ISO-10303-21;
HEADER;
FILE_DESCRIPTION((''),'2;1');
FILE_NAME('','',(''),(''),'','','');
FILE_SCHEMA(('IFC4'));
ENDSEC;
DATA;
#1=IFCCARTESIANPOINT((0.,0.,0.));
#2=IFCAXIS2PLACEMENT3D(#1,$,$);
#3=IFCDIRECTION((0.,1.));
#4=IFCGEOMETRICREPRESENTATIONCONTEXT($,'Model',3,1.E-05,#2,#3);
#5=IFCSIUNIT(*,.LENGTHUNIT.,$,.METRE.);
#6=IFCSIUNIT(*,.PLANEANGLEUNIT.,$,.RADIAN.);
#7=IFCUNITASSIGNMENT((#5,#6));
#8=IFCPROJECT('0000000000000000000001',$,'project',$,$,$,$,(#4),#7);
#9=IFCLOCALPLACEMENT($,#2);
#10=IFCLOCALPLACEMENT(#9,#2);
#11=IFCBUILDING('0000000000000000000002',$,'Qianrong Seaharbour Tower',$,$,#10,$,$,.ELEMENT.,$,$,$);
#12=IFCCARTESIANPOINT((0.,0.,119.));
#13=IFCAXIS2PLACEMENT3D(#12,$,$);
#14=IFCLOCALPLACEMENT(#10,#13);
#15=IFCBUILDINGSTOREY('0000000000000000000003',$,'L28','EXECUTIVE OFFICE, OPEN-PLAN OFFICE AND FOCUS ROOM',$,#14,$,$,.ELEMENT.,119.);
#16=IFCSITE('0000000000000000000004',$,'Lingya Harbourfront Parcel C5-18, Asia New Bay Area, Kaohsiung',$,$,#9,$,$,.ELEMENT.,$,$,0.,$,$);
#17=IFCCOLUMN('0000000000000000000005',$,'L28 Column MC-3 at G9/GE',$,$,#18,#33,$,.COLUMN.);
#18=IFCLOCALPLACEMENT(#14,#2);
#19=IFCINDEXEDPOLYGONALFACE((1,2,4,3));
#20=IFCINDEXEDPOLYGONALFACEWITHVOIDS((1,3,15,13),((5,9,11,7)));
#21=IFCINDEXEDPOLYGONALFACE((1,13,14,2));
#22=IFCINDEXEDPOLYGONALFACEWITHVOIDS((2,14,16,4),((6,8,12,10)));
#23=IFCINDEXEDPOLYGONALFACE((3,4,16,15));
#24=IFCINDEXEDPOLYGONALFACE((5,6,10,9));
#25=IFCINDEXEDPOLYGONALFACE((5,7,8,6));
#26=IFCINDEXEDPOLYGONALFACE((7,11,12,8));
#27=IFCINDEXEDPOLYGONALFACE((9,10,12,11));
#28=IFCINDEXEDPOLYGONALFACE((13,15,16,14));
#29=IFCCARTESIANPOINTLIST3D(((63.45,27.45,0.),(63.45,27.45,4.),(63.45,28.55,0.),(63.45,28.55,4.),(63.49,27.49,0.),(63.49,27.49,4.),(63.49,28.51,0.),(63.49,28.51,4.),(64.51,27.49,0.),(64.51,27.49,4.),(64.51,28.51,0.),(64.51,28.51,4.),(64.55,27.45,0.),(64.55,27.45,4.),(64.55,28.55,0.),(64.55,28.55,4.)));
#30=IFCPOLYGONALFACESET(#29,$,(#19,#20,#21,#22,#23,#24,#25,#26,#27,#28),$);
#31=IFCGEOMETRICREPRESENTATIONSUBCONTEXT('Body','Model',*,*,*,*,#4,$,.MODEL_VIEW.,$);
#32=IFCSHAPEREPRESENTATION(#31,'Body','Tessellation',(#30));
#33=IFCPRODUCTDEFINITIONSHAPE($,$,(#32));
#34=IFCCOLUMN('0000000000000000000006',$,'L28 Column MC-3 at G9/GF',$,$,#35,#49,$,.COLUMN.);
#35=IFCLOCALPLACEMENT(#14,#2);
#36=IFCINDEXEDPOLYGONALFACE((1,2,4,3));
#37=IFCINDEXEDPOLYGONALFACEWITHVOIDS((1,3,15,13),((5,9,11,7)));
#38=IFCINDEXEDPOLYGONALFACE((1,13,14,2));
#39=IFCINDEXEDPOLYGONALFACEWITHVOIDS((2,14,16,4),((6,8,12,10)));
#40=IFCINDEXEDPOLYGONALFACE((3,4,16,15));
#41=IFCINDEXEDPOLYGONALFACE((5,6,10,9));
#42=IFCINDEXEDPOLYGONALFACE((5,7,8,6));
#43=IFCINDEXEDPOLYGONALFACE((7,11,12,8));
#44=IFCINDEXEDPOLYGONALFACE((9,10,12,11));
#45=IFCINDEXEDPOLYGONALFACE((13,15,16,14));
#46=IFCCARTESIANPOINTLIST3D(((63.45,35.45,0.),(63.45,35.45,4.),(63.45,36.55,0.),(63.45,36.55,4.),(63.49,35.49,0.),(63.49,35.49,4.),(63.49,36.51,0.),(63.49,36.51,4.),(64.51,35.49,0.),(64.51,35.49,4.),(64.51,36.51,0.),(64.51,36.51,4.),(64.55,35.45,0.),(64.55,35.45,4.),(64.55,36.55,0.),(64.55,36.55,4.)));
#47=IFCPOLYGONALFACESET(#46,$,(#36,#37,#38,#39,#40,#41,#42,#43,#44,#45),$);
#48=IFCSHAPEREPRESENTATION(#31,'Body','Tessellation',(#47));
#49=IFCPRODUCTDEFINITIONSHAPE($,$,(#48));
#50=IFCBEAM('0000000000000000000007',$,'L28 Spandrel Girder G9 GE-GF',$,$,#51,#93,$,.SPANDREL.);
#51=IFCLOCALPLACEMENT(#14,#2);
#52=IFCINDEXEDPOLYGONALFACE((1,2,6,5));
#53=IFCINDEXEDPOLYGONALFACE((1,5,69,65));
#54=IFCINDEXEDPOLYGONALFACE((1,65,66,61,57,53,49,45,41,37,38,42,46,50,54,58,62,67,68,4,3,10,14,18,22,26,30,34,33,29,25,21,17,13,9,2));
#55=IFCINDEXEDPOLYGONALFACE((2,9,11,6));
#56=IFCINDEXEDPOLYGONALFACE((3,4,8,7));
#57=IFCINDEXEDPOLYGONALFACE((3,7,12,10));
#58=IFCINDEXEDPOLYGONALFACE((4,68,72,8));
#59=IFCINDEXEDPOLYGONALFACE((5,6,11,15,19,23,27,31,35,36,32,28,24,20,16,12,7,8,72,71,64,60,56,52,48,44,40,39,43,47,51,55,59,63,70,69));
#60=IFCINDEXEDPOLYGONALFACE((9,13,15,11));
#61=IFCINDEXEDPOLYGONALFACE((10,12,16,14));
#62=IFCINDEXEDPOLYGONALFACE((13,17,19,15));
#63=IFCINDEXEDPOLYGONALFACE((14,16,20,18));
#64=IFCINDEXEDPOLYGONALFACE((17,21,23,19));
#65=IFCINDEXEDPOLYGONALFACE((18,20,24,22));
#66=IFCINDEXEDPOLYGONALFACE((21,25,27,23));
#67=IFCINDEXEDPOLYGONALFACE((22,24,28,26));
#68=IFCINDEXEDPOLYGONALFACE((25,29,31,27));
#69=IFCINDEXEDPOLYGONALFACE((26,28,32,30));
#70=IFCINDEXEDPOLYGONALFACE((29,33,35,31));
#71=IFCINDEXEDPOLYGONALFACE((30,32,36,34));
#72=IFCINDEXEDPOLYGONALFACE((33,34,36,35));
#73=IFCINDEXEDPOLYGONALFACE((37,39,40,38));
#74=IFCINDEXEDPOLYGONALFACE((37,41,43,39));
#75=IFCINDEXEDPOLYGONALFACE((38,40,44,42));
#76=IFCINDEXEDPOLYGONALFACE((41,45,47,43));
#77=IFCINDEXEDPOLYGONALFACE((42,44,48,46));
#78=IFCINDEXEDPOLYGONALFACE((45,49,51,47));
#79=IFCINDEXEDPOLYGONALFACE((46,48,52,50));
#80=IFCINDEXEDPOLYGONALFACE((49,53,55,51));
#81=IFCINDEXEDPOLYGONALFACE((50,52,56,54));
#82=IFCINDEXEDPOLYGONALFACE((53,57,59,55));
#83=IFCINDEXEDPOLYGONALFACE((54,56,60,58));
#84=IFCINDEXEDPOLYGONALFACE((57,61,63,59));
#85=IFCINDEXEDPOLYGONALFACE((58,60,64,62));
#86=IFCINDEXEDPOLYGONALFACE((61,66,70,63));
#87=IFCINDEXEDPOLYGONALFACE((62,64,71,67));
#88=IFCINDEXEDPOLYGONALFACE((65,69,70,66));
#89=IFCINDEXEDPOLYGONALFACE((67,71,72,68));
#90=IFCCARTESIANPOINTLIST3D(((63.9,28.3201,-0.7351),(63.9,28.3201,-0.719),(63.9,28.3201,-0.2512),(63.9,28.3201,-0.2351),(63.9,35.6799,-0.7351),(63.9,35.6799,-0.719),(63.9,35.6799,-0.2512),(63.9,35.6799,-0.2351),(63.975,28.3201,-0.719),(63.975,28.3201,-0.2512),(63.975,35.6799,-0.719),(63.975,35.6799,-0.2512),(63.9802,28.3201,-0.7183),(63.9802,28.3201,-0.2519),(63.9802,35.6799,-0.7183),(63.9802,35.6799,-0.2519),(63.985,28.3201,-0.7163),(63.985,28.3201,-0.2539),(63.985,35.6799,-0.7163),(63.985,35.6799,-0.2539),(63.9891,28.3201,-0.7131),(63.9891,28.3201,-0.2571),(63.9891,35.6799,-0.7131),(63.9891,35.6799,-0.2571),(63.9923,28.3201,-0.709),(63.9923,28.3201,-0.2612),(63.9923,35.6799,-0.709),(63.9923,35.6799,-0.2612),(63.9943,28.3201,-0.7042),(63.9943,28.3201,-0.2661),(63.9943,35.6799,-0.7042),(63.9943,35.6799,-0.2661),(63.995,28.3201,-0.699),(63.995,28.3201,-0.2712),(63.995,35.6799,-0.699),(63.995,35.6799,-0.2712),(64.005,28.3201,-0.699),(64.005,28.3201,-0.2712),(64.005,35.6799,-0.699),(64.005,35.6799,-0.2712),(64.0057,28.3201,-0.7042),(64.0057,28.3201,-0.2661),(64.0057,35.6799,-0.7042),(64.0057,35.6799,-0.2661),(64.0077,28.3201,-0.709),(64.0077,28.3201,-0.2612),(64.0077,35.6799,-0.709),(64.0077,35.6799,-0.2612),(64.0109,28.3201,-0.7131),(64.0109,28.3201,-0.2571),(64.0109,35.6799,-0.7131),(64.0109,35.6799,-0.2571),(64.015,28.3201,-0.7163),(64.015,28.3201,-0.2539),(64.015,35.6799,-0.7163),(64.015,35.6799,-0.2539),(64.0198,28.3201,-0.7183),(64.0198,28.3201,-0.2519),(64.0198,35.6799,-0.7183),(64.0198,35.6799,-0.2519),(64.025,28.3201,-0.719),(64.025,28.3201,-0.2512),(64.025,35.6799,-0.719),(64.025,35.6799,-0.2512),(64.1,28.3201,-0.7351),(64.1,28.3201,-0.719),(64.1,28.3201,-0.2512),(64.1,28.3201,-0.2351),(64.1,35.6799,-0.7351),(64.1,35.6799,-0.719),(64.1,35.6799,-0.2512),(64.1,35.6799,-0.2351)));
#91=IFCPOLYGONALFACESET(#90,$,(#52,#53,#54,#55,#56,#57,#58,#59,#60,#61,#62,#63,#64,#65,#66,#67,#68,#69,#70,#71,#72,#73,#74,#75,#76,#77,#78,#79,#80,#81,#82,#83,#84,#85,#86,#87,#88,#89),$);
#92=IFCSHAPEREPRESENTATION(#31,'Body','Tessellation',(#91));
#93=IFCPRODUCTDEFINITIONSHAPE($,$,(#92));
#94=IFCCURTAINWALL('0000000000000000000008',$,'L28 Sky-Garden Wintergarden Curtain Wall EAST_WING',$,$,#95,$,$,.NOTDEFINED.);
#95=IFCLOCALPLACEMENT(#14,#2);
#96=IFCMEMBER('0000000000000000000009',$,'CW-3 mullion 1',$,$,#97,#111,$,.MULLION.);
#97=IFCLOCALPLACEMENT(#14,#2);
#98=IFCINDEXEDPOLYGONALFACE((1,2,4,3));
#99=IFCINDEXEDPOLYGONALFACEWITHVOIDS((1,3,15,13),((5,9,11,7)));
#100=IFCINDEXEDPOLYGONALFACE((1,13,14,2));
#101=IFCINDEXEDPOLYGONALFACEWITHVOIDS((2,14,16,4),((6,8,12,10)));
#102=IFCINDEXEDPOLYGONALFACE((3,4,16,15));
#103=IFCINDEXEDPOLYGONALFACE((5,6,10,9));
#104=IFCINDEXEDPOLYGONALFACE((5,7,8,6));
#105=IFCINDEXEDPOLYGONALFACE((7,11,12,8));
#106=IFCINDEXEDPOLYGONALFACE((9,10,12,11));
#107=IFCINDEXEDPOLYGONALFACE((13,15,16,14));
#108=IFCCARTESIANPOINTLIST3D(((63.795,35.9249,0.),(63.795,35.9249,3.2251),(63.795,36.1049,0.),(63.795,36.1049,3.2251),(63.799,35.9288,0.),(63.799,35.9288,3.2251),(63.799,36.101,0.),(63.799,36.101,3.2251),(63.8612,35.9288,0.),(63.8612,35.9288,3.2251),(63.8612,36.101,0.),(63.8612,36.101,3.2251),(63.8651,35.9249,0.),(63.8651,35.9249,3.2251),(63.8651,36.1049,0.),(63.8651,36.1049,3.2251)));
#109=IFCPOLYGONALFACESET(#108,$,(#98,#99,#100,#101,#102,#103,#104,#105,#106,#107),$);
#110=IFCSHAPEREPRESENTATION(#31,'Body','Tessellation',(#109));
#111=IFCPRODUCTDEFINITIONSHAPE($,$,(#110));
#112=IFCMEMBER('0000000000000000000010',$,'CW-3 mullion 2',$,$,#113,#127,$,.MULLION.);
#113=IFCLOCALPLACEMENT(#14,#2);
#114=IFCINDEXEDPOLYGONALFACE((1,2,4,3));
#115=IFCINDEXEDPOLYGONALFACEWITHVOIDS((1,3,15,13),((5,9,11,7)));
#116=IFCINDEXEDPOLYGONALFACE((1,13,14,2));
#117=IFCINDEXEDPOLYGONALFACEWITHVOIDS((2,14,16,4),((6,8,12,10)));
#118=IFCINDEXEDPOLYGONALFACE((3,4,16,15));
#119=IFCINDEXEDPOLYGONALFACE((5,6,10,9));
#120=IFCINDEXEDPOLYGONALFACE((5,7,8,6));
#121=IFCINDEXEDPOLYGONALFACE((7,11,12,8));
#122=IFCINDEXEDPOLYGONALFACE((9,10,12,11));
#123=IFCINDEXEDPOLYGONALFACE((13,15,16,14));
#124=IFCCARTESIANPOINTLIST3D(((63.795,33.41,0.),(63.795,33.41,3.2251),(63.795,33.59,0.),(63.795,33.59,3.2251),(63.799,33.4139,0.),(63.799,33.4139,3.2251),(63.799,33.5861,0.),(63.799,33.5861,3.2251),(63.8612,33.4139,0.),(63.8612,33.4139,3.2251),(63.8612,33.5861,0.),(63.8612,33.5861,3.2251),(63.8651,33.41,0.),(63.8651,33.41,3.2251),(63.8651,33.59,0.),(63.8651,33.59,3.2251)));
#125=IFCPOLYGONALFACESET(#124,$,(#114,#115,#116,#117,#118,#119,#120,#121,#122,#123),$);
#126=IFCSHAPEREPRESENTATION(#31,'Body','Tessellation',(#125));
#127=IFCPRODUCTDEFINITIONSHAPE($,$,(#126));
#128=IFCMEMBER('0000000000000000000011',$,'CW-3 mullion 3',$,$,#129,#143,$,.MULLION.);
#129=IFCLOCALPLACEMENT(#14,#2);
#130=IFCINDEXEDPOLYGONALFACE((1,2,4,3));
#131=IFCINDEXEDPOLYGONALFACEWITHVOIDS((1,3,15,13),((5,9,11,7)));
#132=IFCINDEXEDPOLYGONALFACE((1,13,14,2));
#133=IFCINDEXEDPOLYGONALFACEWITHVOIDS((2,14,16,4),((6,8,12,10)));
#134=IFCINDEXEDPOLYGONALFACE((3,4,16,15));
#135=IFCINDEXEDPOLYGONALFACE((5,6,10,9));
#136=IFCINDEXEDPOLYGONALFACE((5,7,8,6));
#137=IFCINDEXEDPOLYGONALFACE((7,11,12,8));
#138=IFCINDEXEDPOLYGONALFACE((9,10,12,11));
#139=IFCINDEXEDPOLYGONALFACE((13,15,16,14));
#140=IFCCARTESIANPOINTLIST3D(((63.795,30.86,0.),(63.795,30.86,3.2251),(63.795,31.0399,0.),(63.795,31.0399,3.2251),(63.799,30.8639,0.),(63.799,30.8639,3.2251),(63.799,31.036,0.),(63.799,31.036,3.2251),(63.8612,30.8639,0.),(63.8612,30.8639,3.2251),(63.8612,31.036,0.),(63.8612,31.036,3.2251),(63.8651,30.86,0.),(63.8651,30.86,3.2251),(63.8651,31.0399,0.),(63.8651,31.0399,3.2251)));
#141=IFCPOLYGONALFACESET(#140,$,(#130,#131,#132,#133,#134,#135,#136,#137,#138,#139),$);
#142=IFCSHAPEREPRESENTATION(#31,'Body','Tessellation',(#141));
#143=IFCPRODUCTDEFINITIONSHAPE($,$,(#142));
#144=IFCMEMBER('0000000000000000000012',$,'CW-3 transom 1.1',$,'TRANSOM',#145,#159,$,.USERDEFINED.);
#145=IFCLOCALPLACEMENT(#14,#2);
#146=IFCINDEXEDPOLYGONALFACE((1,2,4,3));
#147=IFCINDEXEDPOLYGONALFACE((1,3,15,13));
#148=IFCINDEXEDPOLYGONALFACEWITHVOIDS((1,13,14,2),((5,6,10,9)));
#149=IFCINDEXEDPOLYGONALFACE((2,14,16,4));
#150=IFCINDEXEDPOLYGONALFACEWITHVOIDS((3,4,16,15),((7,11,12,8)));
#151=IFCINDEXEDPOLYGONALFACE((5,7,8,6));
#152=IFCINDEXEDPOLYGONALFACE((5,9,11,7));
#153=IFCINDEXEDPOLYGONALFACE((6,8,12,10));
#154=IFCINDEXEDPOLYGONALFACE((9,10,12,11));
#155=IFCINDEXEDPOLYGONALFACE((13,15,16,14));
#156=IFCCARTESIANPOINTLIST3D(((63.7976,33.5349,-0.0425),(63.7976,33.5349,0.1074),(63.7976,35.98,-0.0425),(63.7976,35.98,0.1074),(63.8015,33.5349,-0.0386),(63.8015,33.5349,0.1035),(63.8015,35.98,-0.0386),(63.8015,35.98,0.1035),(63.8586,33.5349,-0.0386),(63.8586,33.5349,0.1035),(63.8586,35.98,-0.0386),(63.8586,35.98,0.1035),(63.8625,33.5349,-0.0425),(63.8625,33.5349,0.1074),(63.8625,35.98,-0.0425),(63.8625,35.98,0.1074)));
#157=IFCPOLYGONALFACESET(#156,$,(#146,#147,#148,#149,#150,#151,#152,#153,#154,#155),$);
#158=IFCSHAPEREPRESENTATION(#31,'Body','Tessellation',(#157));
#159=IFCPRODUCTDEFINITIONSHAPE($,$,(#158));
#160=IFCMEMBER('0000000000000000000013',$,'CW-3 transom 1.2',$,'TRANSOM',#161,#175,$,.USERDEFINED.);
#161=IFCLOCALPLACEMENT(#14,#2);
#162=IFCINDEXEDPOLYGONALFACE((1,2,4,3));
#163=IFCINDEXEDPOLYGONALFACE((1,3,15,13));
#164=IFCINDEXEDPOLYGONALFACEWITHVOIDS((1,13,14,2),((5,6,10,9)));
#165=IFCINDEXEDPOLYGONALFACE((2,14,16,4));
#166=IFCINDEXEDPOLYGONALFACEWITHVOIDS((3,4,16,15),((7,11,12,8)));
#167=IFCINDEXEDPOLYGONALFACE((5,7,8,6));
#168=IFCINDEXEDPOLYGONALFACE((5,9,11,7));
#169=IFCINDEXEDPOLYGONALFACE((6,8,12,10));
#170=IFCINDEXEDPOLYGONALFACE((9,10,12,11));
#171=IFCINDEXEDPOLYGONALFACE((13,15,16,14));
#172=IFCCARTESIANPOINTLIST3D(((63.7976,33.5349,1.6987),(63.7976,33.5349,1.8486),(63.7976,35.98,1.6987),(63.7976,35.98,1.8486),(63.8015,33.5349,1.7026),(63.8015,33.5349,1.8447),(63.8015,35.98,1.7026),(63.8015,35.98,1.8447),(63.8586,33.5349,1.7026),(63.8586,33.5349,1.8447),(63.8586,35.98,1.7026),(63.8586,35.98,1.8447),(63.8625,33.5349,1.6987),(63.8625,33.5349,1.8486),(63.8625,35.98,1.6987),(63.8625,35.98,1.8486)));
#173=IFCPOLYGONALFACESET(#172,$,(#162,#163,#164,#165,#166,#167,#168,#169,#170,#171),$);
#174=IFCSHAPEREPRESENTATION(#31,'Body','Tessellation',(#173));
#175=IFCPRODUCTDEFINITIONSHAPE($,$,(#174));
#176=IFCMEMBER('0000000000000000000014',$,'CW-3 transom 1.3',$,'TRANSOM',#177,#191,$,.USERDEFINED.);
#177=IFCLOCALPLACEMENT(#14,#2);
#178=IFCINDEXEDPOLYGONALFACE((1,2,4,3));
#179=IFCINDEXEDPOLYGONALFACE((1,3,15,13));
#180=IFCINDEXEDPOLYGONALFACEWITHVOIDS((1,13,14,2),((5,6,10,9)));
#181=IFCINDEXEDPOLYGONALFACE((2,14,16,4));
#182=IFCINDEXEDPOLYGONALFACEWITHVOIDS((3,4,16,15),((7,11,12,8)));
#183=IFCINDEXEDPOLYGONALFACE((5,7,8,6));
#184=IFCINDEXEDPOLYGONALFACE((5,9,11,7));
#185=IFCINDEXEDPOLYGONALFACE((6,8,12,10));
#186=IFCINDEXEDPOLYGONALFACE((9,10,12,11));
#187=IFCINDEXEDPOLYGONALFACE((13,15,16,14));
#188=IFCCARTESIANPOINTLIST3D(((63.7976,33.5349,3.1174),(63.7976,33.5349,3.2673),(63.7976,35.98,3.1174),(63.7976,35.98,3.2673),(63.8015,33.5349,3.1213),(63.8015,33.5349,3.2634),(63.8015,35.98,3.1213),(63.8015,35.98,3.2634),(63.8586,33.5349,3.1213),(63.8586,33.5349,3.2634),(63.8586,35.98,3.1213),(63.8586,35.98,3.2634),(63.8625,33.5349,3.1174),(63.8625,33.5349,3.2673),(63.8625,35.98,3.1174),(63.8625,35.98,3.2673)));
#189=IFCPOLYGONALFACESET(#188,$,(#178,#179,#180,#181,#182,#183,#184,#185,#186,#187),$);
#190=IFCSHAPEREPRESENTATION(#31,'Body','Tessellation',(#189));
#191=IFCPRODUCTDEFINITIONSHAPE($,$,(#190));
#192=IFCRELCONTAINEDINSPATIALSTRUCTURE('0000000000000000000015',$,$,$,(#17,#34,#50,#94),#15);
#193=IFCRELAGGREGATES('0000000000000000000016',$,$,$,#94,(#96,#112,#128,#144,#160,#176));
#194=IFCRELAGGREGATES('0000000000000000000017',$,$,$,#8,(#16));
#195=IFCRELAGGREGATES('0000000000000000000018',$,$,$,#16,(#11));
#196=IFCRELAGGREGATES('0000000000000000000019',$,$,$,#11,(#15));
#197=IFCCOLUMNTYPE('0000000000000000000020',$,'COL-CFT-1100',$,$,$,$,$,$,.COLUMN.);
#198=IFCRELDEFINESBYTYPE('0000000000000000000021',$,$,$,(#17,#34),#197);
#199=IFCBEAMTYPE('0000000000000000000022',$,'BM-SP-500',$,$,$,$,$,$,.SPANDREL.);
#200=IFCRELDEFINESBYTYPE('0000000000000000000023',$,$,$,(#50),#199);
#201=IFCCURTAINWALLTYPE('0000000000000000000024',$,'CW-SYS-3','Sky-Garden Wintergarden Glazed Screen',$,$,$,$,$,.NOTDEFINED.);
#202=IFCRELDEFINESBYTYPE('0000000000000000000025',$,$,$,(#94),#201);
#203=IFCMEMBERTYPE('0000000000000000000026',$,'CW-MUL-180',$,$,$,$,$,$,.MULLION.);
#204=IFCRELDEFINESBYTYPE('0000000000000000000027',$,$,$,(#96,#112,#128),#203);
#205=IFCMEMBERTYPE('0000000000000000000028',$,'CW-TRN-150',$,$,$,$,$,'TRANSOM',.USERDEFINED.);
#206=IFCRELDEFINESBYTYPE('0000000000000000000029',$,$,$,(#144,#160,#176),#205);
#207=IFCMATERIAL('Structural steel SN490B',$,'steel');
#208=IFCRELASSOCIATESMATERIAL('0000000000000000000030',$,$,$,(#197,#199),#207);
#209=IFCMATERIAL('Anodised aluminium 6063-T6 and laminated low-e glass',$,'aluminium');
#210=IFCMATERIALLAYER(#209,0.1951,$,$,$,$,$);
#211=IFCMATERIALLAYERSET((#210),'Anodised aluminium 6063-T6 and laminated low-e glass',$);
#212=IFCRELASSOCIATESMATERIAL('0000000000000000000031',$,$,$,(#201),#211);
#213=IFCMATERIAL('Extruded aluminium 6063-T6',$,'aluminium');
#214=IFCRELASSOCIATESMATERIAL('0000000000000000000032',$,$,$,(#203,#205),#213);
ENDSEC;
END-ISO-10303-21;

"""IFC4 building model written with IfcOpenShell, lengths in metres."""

from ifc_helpers import new_model, si_unit, direction, frame, origin, origin_2d, place, context, subcontext, project, spatial, hollow_rectangle, i_section, extrude, material, layer, layer_set, material_profile, profile_set, type_object, element, aggregate, save


model = new_model("IFC4")

# Units and contexts
model_context = context("Model", 3, precision=1e-05, world=origin(), true_north=direction((0.0, 1.0)))
body_context = subcontext(model_context, "Body", "Model", "MODEL_VIEW")
ifc_project = project(units=[si_unit("LENGTHUNIT", "METRE"), si_unit("PLANEANGLEUNIT", "RADIAN")], contexts=[model_context])

# Site, building, storey
site_placement = place(None, origin())
site = spatial("IfcSite", under=ifc_project, at=site_placement, Name="Lingya Harbourfront Parcel C5-18, Asia New Bay Area, Kaohsiung", CompositionType="ELEMENT", RefElevation=0.0)
building_placement = place(site_placement, origin())
building = spatial("IfcBuilding", under=site, at=building_placement, Name="Qianrong Seaharbour Tower", CompositionType="ELEMENT")
storey_placement = place(building_placement, frame((0.0, 0.0, 119.0)))
storey = spatial("IfcBuildingStorey", under=building, at=storey_placement, Name="L28", Description="EXECUTIVE OFFICE, OPEN-PLAN OFFICE AND FOCUS ROOM", CompositionType="ELEMENT", Elevation=119.0)

# Columns
ifc_material_1 = material(Name="Structural steel SN490B", Category="steel")
ifc_material_profile_1 = material_profile(ifc_material_1, hollow_rectangle(XDim=1.1001, YDim=1.1001, WallThickness=0.04, at=origin_2d()), Name="BOX1100x1100x40")
ifc_profile_set_1 = profile_set([ifc_material_profile_1], Name="Structural steel SN490B")
column_type = type_object("IfcColumnType", Name="COL-CFT-1100", PredefinedType="COLUMN", material=ifc_profile_set_1)
for number, where, z_axis, x_axis, name in (
    (1, (64.0, 28.0, 0.0), (0.0, 0.0, 1.0), (1.0, 0.0, 0.0), "L28 Column MC-3 at G9/GE"),
    (2, (64.0, 36.0, 0.0), (0.0, 0.0, 1.0), (1.0, 0.0, 0.0), "L28 Column MC-3 at G9/GF"),
):
    element("IfcColumn", number, at=place(storey_placement, frame(where, z_axis=z_axis, x_axis=x_axis)), inside=storey, type_object=column_type, Name=name, PredefinedType="COLUMN", context=body_context, shape_type="SweptSolid", body=[
        extrude(hollow_rectangle(XDim=1.1001, YDim=1.1001, WallThickness=0.04, at=origin_2d()), origin(), (0.0, 0.0, 1.0), 4.0),
    ])

# Beam
ifc_material_profile_2 = material_profile(ifc_material_1, i_section(OverallWidth=0.2, OverallDepth=0.5, WebThickness=0.01, FlangeThickness=0.0161, FilletRadius=0.02, at=origin_2d()), Name="H500x200x10x16")
ifc_profile_set_2 = profile_set([ifc_material_profile_2], Name="Structural steel SN490B")
beam_type = type_object("IfcBeamType", Name="BM-SP-500", PredefinedType="SPANDREL", material=ifc_profile_set_2)
beam_placement = place(storey_placement, frame((64.0, 28.3201, -0.4851), z_axis=(0.0, 1.0, 0.0), x_axis=(-1.0, 0.0, 0.0)))
element("IfcBeam", 3, at=beam_placement, inside=storey, type_object=beam_type, Name="L28 Spandrel Girder G9 GE-GF", PredefinedType="SPANDREL", context=body_context, shape_type="SweptSolid", body=[
    extrude(i_section(OverallWidth=0.2, OverallDepth=0.5, WebThickness=0.01, FlangeThickness=0.0161, FilletRadius=0.02, at=origin_2d()), origin(), (0.0, 0.0, 1.0), 7.3599),
])

# Curtain wall, members
ifc_material_2 = material(Name="Anodised aluminium 6063-T6 and laminated low-e glass", Category="aluminium")
ifc_layer_1 = layer(ifc_material_2, 0.1951)
ifc_layer_set_1 = layer_set([ifc_layer_1], Name="Anodised aluminium 6063-T6 and laminated low-e glass")
curtain_wall_type = type_object("IfcCurtainWallType", Name="CW-SYS-3", Description="Sky-Garden Wintergarden Glazed Screen", PredefinedType="NOTDEFINED", material=ifc_layer_set_1)
curtain_wall_placement = place(storey_placement, origin())
curtain_wall = element("IfcCurtainWall", 4, at=curtain_wall_placement, inside=storey, type_object=curtain_wall_type, Name="L28 Sky-Garden Wintergarden Curtain Wall EAST_WING", PredefinedType="NOTDEFINED")
ifc_material_3 = material(Name="Extruded aluminium 6063-T6", Category="aluminium")
ifc_material_profile_3 = material_profile(ifc_material_3, hollow_rectangle(XDim=0.0701, YDim=0.1799, WallThickness=0.0039, at=origin_2d()), Name="ALU-MUL-180x70x4")
ifc_profile_set_3 = profile_set([ifc_material_profile_3], Name="Extruded aluminium 6063-T6")
member_type_1 = type_object("IfcMemberType", Name="CW-MUL-180", PredefinedType="MULLION", material=ifc_profile_set_3)
member_1_placement = place(storey_placement, frame((63.8301, 36.0149, 0.0), z_axis=(0.0, 0.0, 1.0), x_axis=(1.0, 0.0, 0.0)))
member_1 = element("IfcMember", 5, at=member_1_placement, type_object=member_type_1, Name="CW-3 mullion 1", PredefinedType="MULLION", context=body_context, shape_type="SweptSolid", body=[
    extrude(hollow_rectangle(XDim=0.0701, YDim=0.1799, WallThickness=0.0039, at=origin_2d()), origin(), (0.0, 0.0, 1.0), 3.2251),
])
member_2_placement = place(storey_placement, frame((63.8301, 33.5, 0.0), z_axis=(0.0, 0.0, 1.0), x_axis=(1.0, 0.0, 0.0)))
member_2 = element("IfcMember", 6, at=member_2_placement, type_object=member_type_1, Name="CW-3 mullion 2", PredefinedType="MULLION", context=body_context, shape_type="SweptSolid", body=[
    extrude(hollow_rectangle(XDim=0.0701, YDim=0.1799, WallThickness=0.0039, at=origin_2d()), origin(), (0.0, 0.0, 1.0), 3.2251),
])
member_3_placement = place(storey_placement, frame((63.8301, 30.95, 0.0), z_axis=(0.0, 0.0, 1.0), x_axis=(1.0, 0.0, 0.0)))
member_3 = element("IfcMember", 7, at=member_3_placement, type_object=member_type_1, Name="CW-3 mullion 3", PredefinedType="MULLION", context=body_context, shape_type="SweptSolid", body=[
    extrude(hollow_rectangle(XDim=0.0701, YDim=0.1799, WallThickness=0.0039, at=origin_2d()), origin(), (0.0, 0.0, 1.0), 3.2251),
])
ifc_material_profile_4 = material_profile(ifc_material_3, hollow_rectangle(XDim=0.0649, YDim=0.1499, WallThickness=0.0039, at=origin_2d()), Name="ALU-TRN-150x65x4")
ifc_profile_set_4 = profile_set([ifc_material_profile_4], Name="Extruded aluminium 6063-T6")
member_type_2 = type_object("IfcMemberType", Name="CW-TRN-150", ElementType="TRANSOM", PredefinedType="USERDEFINED", material=ifc_profile_set_4)
member_4_placement = place(storey_placement, frame((63.8301, 35.98, 0.0325), z_axis=(0.0, -1.0, 0.0), x_axis=(1.0, 0.0, 0.0)))
member_4 = element("IfcMember", 8, at=member_4_placement, type_object=member_type_2, Name="CW-3 transom 1.1", ObjectType="TRANSOM", PredefinedType="USERDEFINED", context=body_context, shape_type="SweptSolid", body=[
    extrude(hollow_rectangle(XDim=0.0649, YDim=0.1499, WallThickness=0.0039, at=origin_2d()), origin(), (0.0, 0.0, 1.0), 2.4451),
])
member_5_placement = place(storey_placement, frame((63.8301, 35.98, 1.7737), z_axis=(0.0, -1.0, 0.0), x_axis=(1.0, 0.0, 0.0)))
member_5 = element("IfcMember", 9, at=member_5_placement, type_object=member_type_2, Name="CW-3 transom 1.2", ObjectType="TRANSOM", PredefinedType="USERDEFINED", context=body_context, shape_type="SweptSolid", body=[
    extrude(hollow_rectangle(XDim=0.0649, YDim=0.1499, WallThickness=0.0039, at=origin_2d()), origin(), (0.0, 0.0, 1.0), 2.4451),
])
member_6_placement = place(storey_placement, frame((63.8301, 35.98, 3.1924), z_axis=(0.0, -1.0, 0.0), x_axis=(1.0, 0.0, 0.0)))
member_6 = element("IfcMember", 10, at=member_6_placement, type_object=member_type_2, Name="CW-3 transom 1.3", ObjectType="TRANSOM", PredefinedType="USERDEFINED", context=body_context, shape_type="SweptSolid", body=[
    extrude(hollow_rectangle(XDim=0.0649, YDim=0.1499, WallThickness=0.0039, at=origin_2d()), origin(), (0.0, 0.0, 1.0), 2.4451),
])
aggregate(curtain_wall, [member_1, member_2, member_3, member_4, member_5, member_6])

save(model, "model.ifc")
